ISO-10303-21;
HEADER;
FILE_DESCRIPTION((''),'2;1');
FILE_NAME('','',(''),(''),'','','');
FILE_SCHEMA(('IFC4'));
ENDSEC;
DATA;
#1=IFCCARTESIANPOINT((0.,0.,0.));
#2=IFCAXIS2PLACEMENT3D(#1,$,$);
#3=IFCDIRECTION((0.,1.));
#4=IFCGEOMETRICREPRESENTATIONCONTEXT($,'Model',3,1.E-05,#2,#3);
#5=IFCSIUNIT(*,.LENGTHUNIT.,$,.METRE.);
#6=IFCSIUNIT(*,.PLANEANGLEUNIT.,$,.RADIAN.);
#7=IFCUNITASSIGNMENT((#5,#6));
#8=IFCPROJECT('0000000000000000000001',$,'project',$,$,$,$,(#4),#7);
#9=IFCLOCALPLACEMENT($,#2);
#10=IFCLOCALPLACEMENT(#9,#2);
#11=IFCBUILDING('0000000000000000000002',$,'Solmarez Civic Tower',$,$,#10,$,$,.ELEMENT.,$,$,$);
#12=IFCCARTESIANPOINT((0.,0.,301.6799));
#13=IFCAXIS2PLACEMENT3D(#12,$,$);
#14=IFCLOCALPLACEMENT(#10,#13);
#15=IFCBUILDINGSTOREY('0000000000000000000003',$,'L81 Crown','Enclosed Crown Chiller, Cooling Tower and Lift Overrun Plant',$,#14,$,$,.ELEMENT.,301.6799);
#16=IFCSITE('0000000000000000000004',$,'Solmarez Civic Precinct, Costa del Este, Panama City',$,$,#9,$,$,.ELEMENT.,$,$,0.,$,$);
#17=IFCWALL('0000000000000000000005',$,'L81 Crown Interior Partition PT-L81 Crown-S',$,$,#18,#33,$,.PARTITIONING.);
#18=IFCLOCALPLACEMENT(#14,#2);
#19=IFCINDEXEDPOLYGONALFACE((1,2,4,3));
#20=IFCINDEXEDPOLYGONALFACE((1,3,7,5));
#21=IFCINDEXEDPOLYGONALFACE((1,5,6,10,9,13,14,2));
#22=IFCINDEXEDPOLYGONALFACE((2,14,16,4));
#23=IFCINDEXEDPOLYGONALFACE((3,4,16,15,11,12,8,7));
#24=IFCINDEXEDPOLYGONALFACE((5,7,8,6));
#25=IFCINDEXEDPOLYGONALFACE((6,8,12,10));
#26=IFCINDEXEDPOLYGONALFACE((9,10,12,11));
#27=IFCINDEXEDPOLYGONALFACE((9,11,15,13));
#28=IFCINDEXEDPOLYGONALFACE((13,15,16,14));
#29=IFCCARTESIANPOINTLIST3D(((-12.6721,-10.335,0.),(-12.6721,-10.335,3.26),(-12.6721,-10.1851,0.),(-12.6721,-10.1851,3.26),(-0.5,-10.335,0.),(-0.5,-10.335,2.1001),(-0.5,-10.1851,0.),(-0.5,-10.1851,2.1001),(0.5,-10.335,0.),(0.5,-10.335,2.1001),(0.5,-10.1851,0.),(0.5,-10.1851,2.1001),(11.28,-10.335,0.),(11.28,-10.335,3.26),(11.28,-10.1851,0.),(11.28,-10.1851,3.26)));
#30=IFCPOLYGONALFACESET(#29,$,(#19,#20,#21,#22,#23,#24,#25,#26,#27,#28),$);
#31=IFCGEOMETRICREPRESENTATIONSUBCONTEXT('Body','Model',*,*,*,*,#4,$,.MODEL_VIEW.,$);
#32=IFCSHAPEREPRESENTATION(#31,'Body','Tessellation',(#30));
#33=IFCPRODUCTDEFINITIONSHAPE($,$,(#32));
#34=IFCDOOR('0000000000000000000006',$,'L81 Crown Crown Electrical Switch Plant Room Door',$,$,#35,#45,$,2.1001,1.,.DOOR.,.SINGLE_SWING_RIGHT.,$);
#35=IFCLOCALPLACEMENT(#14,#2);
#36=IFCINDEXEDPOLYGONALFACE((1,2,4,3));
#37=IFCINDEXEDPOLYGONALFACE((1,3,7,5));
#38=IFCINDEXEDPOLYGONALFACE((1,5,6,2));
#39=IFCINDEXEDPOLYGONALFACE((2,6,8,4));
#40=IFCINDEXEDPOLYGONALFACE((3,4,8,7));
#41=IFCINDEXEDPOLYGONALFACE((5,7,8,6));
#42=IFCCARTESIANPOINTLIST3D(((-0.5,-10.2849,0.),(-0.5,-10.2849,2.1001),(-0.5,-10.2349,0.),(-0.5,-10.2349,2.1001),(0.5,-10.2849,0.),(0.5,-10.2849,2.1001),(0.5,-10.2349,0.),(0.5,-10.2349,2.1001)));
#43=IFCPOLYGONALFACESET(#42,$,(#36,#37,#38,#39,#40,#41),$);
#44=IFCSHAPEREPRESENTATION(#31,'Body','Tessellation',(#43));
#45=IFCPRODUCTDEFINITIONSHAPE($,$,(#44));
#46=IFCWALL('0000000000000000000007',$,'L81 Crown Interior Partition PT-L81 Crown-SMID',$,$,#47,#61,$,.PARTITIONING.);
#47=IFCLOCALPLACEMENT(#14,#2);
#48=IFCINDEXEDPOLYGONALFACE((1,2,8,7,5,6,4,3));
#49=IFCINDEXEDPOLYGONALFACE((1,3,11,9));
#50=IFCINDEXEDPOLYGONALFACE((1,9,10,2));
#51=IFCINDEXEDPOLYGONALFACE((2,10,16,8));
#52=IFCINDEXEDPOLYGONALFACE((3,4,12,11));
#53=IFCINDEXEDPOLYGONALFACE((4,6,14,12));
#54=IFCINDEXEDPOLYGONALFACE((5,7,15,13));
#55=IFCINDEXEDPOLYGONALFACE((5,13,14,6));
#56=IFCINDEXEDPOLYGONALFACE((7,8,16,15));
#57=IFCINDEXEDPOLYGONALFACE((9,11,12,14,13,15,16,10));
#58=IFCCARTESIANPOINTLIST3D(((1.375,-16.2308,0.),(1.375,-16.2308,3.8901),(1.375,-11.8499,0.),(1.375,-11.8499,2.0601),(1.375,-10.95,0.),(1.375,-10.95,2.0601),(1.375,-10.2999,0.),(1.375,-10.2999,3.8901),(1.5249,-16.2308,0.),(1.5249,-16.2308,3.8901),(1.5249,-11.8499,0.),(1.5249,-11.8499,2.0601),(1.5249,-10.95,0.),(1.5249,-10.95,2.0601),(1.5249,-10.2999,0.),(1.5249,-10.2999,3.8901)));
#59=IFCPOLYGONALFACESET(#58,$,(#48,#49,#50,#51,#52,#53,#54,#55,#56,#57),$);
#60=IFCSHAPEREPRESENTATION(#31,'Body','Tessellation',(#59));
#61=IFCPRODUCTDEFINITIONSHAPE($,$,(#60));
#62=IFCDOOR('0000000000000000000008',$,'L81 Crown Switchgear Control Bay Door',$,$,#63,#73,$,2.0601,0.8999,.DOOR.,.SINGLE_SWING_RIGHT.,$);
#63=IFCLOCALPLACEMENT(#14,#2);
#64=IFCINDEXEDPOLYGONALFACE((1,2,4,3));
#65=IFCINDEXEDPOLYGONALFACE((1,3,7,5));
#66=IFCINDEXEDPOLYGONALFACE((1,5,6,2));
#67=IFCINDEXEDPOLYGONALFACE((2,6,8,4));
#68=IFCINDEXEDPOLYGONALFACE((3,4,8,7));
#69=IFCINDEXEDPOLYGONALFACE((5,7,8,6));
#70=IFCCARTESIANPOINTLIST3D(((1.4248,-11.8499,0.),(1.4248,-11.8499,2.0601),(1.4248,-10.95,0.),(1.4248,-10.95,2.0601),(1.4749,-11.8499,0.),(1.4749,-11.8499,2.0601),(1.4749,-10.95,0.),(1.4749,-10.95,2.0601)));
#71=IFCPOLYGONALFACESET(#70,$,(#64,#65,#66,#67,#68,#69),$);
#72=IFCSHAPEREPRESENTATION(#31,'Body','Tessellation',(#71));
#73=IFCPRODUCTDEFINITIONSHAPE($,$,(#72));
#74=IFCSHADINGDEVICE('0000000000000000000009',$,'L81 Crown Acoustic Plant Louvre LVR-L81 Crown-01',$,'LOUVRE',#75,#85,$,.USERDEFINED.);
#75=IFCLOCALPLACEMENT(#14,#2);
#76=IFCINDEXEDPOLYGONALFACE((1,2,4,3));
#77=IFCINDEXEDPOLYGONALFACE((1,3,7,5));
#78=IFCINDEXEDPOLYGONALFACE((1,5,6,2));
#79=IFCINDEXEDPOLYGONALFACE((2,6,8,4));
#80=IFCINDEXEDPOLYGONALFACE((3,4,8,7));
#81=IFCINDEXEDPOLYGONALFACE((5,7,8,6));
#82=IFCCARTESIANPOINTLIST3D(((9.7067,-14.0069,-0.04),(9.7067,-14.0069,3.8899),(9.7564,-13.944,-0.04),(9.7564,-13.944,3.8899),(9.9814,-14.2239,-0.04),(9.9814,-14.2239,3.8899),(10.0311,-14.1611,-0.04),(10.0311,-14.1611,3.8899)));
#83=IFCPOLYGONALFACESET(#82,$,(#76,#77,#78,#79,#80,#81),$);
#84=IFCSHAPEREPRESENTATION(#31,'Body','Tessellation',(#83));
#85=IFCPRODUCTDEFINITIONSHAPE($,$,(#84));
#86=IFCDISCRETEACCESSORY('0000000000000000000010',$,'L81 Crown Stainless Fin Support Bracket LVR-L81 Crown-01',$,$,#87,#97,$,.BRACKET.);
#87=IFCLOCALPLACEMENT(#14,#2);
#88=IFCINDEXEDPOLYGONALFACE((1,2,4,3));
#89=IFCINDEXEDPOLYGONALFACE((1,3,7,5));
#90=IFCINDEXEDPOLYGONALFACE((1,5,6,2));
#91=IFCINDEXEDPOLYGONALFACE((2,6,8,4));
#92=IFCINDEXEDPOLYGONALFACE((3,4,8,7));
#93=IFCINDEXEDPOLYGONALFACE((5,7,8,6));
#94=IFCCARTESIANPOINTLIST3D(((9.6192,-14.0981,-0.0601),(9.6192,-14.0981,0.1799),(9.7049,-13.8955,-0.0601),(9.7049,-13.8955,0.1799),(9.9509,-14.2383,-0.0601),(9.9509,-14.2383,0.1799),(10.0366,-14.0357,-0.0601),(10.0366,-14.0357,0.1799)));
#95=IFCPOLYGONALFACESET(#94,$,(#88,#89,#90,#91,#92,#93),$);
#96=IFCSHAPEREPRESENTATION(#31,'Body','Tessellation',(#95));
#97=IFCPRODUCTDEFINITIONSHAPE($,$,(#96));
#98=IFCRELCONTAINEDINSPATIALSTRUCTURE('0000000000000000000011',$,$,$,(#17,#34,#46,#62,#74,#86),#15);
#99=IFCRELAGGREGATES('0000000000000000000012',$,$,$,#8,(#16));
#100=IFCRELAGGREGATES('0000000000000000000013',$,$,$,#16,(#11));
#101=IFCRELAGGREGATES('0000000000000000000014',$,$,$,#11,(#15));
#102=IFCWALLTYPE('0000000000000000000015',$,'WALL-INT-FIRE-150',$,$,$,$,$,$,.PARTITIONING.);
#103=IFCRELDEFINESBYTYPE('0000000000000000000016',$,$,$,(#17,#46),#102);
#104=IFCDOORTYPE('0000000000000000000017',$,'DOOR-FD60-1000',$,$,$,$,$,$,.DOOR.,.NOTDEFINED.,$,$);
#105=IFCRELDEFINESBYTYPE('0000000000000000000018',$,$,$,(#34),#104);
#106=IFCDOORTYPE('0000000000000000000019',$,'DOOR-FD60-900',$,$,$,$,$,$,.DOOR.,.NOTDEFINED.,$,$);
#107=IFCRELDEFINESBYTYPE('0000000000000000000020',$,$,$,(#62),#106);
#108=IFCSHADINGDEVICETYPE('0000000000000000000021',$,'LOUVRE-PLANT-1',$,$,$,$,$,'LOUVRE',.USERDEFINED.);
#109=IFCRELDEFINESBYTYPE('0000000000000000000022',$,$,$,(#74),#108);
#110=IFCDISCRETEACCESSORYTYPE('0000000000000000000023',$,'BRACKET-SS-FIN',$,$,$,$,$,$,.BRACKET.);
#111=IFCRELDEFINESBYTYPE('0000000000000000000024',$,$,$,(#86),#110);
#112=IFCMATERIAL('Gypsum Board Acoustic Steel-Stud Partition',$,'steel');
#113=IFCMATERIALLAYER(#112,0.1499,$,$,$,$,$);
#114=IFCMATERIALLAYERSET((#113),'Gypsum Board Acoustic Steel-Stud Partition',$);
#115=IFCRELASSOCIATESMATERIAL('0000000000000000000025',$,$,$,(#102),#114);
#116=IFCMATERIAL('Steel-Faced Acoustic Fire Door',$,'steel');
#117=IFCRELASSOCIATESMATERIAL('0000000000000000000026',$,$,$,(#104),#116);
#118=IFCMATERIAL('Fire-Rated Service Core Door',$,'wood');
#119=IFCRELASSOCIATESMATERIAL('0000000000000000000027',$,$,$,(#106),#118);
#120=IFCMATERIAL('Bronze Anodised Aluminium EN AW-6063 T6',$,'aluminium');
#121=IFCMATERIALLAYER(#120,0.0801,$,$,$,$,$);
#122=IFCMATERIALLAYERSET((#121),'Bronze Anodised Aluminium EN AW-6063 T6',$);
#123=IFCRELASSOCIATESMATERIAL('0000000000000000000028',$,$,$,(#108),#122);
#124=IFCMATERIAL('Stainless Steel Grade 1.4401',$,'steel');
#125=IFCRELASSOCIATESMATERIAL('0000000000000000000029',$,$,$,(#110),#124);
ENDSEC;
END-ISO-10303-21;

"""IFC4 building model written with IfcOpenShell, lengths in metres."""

from ifc_helpers import new_model, si_unit, direction, frame, frame_2d, origin, origin_2d, place, context, subcontext, project, spatial, rectangle, extrude, material, layer, layer_set, type_object, element, fill, save


model = new_model("IFC4")

# Units and contexts
model_context = context("Model", 3, precision=1e-05, world=origin(), true_north=direction((0.0, 1.0)))
body_context = subcontext(model_context, "Body", "Model", "MODEL_VIEW")
ifc_project = project(units=[si_unit("LENGTHUNIT", "METRE"), si_unit("PLANEANGLEUNIT", "RADIAN")], contexts=[model_context])

# Site, building, storey
site_placement = place(None, origin())
site = spatial("IfcSite", under=ifc_project, at=site_placement, Name="Solmarez Civic Precinct, Costa del Este, Panama City", CompositionType="ELEMENT", RefElevation=0.0)
building_placement = place(site_placement, origin())
building = spatial("IfcBuilding", under=site, at=building_placement, Name="Solmarez Civic Tower", CompositionType="ELEMENT")
storey_placement = place(building_placement, frame((0.0, 0.0, 301.6799)))
storey = spatial("IfcBuildingStorey", under=building, at=storey_placement, Name="L81 Crown", Description="Enclosed Crown Chiller, Cooling Tower and Lift Overrun Plant", CompositionType="ELEMENT", Elevation=301.6799)

# Shared definitions
ifc_material_1 = material(Name="Gypsum Board Acoustic Steel-Stud Partition", Category="steel")
ifc_layer_1 = layer(ifc_material_1, 0.1499)
ifc_layer_set_1 = layer_set([ifc_layer_1], Name="Gypsum Board Acoustic Steel-Stud Partition")
wall_type_1 = type_object("IfcWallType", Name="WALL-INT-FIRE-150", PredefinedType="PARTITIONING", material=ifc_layer_set_1)

# Walls, openings, doors
wall_1_placement = place(storey_placement, frame((11.28, -10.26, 0.0), z_axis=(0.0, 0.0, 1.0), x_axis=(-1.0, 0.0, 0.0)))
wall_1 = element("IfcWall", 1, at=wall_1_placement, inside=storey, type_object=wall_type_1, Name="L81 Crown Interior Partition PT-L81 Crown-S", PredefinedType="PARTITIONING", context=body_context, shape_type="SweptSolid", body=[
    extrude(rectangle(XDim=23.9521, YDim=0.1499, at=frame_2d((11.9761, 0.0))), origin(), (0.0, 0.0, 1.0), 3.26),
])
opening_1_placement = place(wall_1_placement, frame((10.78, 0.0, 0.0)))
opening_1 = element("IfcOpeningElement", 2, at=opening_1_placement, cuts=wall_1, PredefinedType="OPENING", context=body_context, shape_type="SweptSolid", body=[
    extrude(rectangle(XDim=1.0, YDim=2.1001, at=frame_2d((0.5, 1.05))), frame((0.0, 0.085, 0.0), z_axis=(0.0, -1.0, 0.0), x_axis=(1.0, 0.0, 0.0)), (0.0, 0.0, 1.0), 0.1699),
])
ifc_material_2 = material(Name="Steel-Faced Acoustic Fire Door", Category="steel")
door_type_1 = type_object("IfcDoorType", Name="DOOR-FD60-1000", OperationType="NOTDEFINED", PredefinedType="DOOR", material=ifc_material_2)
door_1_placement = place(opening_1_placement, origin())
door_1 = element("IfcDoor", 3, at=door_1_placement, inside=storey, type_object=door_type_1, Name="L81 Crown Crown Electrical Switch Plant Room Door", OperationType="SINGLE_SWING_RIGHT", OverallHeight=2.1001, OverallWidth=1.0, PredefinedType="DOOR", context=body_context, shape_type="SweptSolid", body=[
    extrude(rectangle(XDim=1.0, YDim=2.1001, at=frame_2d((0.5, 1.05))), frame((0.0, 0.0249, 0.0), z_axis=(0.0, -1.0, 0.0), x_axis=(1.0, 0.0, 0.0)), (0.0, 0.0, 1.0), 0.05),
])
fill(opening_1, door_1)
wall_2_placement = place(storey_placement, frame((1.45, -10.3, 0.0), z_axis=(0.0, 0.0, 1.0), x_axis=(0.0, -1.0, 0.0)))
wall_2 = element("IfcWall", 4, at=wall_2_placement, inside=storey, type_object=wall_type_1, Name="L81 Crown Interior Partition PT-L81 Crown-SMID", PredefinedType="PARTITIONING", context=body_context, shape_type="SweptSolid", body=[
    extrude(rectangle(XDim=5.9309, YDim=0.1499, at=frame_2d((2.9653, 0.0))), origin(), (0.0, 0.0, 1.0), 3.8901),
])
opening_2_placement = place(wall_2_placement, frame((0.6499, 0.0, 0.0)))
opening_2 = element("IfcOpeningElement", 5, at=opening_2_placement, cuts=wall_2, PredefinedType="OPENING", context=body_context, shape_type="SweptSolid", body=[
    extrude(rectangle(XDim=0.8999, YDim=2.0601, at=frame_2d((0.45, 1.03))), frame((0.0, 0.085, 0.0), z_axis=(0.0, -1.0, 0.0), x_axis=(1.0, 0.0, 0.0)), (0.0, 0.0, 1.0), 0.1699),
])
ifc_material_3 = material(Name="Fire-Rated Service Core Door", Category="wood")
door_type_2 = type_object("IfcDoorType", Name="DOOR-FD60-900", OperationType="NOTDEFINED", PredefinedType="DOOR", material=ifc_material_3)
door_2_placement = place(opening_2_placement, origin())
door_2 = element("IfcDoor", 6, at=door_2_placement, inside=storey, type_object=door_type_2, Name="L81 Crown Switchgear Control Bay Door", OperationType="SINGLE_SWING_RIGHT", OverallHeight=2.0601, OverallWidth=0.8999, PredefinedType="DOOR", context=body_context, shape_type="SweptSolid", body=[
    extrude(rectangle(XDim=0.8999, YDim=2.0601, at=frame_2d((0.45, 1.03))), frame((0.0, 0.0249, 0.0), z_axis=(0.0, -1.0, 0.0), x_axis=(1.0, 0.0, 0.0)), (0.0, 0.0, 1.0), 0.05),
])
fill(opening_2, door_2)

# Shading device
ifc_material_4 = material(Name="Bronze Anodised Aluminium EN AW-6063 T6", Category="aluminium")
ifc_layer_2 = layer(ifc_material_4, 0.0801)
ifc_layer_set_2 = layer_set([ifc_layer_2], Name="Bronze Anodised Aluminium EN AW-6063 T6")
shading_device_type = type_object("IfcShadingDeviceType", Name="LOUVRE-PLANT-1", ElementType="LOUVRE", PredefinedType="USERDEFINED", material=ifc_layer_set_2)
shading_device_placement = place(storey_placement, frame((9.8689, -14.084, -0.04), z_axis=(0.0, 0.0, 1.0), x_axis=(0.784549, -0.620067, 0.0)))
element("IfcShadingDevice", 7, at=shading_device_placement, inside=storey, type_object=shading_device_type, Name="L81 Crown Acoustic Plant Louvre LVR-L81 Crown-01", ObjectType="LOUVRE", PredefinedType="USERDEFINED", context=body_context, shape_type="SweptSolid", body=[
    extrude(rectangle(XDim=0.3501, YDim=0.0801, at=origin_2d()), origin(), (0.0, 0.0, 1.0), 3.9299),
])

# Discrete accessory
ifc_material_5 = material(Name="Stainless Steel Grade 1.4401", Category="steel")
discrete_accessory_type = type_object("IfcDiscreteAccessoryType", Name="BRACKET-SS-FIN", PredefinedType="BRACKET", material=ifc_material_5)
discrete_accessory_placement = place(storey_placement, frame((9.8279, -14.0669, -0.0601), z_axis=(0.0, 0.0, 1.0), x_axis=(0.921041, -0.389466, 0.0)))
element("IfcDiscreteAccessory", 8, at=discrete_accessory_placement, inside=storey, type_object=discrete_accessory_type, Name="L81 Crown Stainless Fin Support Bracket LVR-L81 Crown-01", PredefinedType="BRACKET", context=body_context, shape_type="SweptSolid", body=[
    extrude(rectangle(XDim=0.3601, YDim=0.22, at=origin_2d()), origin(), (0.0, 0.0, 1.0), 0.24),
])

save(model, "model.ifc")
